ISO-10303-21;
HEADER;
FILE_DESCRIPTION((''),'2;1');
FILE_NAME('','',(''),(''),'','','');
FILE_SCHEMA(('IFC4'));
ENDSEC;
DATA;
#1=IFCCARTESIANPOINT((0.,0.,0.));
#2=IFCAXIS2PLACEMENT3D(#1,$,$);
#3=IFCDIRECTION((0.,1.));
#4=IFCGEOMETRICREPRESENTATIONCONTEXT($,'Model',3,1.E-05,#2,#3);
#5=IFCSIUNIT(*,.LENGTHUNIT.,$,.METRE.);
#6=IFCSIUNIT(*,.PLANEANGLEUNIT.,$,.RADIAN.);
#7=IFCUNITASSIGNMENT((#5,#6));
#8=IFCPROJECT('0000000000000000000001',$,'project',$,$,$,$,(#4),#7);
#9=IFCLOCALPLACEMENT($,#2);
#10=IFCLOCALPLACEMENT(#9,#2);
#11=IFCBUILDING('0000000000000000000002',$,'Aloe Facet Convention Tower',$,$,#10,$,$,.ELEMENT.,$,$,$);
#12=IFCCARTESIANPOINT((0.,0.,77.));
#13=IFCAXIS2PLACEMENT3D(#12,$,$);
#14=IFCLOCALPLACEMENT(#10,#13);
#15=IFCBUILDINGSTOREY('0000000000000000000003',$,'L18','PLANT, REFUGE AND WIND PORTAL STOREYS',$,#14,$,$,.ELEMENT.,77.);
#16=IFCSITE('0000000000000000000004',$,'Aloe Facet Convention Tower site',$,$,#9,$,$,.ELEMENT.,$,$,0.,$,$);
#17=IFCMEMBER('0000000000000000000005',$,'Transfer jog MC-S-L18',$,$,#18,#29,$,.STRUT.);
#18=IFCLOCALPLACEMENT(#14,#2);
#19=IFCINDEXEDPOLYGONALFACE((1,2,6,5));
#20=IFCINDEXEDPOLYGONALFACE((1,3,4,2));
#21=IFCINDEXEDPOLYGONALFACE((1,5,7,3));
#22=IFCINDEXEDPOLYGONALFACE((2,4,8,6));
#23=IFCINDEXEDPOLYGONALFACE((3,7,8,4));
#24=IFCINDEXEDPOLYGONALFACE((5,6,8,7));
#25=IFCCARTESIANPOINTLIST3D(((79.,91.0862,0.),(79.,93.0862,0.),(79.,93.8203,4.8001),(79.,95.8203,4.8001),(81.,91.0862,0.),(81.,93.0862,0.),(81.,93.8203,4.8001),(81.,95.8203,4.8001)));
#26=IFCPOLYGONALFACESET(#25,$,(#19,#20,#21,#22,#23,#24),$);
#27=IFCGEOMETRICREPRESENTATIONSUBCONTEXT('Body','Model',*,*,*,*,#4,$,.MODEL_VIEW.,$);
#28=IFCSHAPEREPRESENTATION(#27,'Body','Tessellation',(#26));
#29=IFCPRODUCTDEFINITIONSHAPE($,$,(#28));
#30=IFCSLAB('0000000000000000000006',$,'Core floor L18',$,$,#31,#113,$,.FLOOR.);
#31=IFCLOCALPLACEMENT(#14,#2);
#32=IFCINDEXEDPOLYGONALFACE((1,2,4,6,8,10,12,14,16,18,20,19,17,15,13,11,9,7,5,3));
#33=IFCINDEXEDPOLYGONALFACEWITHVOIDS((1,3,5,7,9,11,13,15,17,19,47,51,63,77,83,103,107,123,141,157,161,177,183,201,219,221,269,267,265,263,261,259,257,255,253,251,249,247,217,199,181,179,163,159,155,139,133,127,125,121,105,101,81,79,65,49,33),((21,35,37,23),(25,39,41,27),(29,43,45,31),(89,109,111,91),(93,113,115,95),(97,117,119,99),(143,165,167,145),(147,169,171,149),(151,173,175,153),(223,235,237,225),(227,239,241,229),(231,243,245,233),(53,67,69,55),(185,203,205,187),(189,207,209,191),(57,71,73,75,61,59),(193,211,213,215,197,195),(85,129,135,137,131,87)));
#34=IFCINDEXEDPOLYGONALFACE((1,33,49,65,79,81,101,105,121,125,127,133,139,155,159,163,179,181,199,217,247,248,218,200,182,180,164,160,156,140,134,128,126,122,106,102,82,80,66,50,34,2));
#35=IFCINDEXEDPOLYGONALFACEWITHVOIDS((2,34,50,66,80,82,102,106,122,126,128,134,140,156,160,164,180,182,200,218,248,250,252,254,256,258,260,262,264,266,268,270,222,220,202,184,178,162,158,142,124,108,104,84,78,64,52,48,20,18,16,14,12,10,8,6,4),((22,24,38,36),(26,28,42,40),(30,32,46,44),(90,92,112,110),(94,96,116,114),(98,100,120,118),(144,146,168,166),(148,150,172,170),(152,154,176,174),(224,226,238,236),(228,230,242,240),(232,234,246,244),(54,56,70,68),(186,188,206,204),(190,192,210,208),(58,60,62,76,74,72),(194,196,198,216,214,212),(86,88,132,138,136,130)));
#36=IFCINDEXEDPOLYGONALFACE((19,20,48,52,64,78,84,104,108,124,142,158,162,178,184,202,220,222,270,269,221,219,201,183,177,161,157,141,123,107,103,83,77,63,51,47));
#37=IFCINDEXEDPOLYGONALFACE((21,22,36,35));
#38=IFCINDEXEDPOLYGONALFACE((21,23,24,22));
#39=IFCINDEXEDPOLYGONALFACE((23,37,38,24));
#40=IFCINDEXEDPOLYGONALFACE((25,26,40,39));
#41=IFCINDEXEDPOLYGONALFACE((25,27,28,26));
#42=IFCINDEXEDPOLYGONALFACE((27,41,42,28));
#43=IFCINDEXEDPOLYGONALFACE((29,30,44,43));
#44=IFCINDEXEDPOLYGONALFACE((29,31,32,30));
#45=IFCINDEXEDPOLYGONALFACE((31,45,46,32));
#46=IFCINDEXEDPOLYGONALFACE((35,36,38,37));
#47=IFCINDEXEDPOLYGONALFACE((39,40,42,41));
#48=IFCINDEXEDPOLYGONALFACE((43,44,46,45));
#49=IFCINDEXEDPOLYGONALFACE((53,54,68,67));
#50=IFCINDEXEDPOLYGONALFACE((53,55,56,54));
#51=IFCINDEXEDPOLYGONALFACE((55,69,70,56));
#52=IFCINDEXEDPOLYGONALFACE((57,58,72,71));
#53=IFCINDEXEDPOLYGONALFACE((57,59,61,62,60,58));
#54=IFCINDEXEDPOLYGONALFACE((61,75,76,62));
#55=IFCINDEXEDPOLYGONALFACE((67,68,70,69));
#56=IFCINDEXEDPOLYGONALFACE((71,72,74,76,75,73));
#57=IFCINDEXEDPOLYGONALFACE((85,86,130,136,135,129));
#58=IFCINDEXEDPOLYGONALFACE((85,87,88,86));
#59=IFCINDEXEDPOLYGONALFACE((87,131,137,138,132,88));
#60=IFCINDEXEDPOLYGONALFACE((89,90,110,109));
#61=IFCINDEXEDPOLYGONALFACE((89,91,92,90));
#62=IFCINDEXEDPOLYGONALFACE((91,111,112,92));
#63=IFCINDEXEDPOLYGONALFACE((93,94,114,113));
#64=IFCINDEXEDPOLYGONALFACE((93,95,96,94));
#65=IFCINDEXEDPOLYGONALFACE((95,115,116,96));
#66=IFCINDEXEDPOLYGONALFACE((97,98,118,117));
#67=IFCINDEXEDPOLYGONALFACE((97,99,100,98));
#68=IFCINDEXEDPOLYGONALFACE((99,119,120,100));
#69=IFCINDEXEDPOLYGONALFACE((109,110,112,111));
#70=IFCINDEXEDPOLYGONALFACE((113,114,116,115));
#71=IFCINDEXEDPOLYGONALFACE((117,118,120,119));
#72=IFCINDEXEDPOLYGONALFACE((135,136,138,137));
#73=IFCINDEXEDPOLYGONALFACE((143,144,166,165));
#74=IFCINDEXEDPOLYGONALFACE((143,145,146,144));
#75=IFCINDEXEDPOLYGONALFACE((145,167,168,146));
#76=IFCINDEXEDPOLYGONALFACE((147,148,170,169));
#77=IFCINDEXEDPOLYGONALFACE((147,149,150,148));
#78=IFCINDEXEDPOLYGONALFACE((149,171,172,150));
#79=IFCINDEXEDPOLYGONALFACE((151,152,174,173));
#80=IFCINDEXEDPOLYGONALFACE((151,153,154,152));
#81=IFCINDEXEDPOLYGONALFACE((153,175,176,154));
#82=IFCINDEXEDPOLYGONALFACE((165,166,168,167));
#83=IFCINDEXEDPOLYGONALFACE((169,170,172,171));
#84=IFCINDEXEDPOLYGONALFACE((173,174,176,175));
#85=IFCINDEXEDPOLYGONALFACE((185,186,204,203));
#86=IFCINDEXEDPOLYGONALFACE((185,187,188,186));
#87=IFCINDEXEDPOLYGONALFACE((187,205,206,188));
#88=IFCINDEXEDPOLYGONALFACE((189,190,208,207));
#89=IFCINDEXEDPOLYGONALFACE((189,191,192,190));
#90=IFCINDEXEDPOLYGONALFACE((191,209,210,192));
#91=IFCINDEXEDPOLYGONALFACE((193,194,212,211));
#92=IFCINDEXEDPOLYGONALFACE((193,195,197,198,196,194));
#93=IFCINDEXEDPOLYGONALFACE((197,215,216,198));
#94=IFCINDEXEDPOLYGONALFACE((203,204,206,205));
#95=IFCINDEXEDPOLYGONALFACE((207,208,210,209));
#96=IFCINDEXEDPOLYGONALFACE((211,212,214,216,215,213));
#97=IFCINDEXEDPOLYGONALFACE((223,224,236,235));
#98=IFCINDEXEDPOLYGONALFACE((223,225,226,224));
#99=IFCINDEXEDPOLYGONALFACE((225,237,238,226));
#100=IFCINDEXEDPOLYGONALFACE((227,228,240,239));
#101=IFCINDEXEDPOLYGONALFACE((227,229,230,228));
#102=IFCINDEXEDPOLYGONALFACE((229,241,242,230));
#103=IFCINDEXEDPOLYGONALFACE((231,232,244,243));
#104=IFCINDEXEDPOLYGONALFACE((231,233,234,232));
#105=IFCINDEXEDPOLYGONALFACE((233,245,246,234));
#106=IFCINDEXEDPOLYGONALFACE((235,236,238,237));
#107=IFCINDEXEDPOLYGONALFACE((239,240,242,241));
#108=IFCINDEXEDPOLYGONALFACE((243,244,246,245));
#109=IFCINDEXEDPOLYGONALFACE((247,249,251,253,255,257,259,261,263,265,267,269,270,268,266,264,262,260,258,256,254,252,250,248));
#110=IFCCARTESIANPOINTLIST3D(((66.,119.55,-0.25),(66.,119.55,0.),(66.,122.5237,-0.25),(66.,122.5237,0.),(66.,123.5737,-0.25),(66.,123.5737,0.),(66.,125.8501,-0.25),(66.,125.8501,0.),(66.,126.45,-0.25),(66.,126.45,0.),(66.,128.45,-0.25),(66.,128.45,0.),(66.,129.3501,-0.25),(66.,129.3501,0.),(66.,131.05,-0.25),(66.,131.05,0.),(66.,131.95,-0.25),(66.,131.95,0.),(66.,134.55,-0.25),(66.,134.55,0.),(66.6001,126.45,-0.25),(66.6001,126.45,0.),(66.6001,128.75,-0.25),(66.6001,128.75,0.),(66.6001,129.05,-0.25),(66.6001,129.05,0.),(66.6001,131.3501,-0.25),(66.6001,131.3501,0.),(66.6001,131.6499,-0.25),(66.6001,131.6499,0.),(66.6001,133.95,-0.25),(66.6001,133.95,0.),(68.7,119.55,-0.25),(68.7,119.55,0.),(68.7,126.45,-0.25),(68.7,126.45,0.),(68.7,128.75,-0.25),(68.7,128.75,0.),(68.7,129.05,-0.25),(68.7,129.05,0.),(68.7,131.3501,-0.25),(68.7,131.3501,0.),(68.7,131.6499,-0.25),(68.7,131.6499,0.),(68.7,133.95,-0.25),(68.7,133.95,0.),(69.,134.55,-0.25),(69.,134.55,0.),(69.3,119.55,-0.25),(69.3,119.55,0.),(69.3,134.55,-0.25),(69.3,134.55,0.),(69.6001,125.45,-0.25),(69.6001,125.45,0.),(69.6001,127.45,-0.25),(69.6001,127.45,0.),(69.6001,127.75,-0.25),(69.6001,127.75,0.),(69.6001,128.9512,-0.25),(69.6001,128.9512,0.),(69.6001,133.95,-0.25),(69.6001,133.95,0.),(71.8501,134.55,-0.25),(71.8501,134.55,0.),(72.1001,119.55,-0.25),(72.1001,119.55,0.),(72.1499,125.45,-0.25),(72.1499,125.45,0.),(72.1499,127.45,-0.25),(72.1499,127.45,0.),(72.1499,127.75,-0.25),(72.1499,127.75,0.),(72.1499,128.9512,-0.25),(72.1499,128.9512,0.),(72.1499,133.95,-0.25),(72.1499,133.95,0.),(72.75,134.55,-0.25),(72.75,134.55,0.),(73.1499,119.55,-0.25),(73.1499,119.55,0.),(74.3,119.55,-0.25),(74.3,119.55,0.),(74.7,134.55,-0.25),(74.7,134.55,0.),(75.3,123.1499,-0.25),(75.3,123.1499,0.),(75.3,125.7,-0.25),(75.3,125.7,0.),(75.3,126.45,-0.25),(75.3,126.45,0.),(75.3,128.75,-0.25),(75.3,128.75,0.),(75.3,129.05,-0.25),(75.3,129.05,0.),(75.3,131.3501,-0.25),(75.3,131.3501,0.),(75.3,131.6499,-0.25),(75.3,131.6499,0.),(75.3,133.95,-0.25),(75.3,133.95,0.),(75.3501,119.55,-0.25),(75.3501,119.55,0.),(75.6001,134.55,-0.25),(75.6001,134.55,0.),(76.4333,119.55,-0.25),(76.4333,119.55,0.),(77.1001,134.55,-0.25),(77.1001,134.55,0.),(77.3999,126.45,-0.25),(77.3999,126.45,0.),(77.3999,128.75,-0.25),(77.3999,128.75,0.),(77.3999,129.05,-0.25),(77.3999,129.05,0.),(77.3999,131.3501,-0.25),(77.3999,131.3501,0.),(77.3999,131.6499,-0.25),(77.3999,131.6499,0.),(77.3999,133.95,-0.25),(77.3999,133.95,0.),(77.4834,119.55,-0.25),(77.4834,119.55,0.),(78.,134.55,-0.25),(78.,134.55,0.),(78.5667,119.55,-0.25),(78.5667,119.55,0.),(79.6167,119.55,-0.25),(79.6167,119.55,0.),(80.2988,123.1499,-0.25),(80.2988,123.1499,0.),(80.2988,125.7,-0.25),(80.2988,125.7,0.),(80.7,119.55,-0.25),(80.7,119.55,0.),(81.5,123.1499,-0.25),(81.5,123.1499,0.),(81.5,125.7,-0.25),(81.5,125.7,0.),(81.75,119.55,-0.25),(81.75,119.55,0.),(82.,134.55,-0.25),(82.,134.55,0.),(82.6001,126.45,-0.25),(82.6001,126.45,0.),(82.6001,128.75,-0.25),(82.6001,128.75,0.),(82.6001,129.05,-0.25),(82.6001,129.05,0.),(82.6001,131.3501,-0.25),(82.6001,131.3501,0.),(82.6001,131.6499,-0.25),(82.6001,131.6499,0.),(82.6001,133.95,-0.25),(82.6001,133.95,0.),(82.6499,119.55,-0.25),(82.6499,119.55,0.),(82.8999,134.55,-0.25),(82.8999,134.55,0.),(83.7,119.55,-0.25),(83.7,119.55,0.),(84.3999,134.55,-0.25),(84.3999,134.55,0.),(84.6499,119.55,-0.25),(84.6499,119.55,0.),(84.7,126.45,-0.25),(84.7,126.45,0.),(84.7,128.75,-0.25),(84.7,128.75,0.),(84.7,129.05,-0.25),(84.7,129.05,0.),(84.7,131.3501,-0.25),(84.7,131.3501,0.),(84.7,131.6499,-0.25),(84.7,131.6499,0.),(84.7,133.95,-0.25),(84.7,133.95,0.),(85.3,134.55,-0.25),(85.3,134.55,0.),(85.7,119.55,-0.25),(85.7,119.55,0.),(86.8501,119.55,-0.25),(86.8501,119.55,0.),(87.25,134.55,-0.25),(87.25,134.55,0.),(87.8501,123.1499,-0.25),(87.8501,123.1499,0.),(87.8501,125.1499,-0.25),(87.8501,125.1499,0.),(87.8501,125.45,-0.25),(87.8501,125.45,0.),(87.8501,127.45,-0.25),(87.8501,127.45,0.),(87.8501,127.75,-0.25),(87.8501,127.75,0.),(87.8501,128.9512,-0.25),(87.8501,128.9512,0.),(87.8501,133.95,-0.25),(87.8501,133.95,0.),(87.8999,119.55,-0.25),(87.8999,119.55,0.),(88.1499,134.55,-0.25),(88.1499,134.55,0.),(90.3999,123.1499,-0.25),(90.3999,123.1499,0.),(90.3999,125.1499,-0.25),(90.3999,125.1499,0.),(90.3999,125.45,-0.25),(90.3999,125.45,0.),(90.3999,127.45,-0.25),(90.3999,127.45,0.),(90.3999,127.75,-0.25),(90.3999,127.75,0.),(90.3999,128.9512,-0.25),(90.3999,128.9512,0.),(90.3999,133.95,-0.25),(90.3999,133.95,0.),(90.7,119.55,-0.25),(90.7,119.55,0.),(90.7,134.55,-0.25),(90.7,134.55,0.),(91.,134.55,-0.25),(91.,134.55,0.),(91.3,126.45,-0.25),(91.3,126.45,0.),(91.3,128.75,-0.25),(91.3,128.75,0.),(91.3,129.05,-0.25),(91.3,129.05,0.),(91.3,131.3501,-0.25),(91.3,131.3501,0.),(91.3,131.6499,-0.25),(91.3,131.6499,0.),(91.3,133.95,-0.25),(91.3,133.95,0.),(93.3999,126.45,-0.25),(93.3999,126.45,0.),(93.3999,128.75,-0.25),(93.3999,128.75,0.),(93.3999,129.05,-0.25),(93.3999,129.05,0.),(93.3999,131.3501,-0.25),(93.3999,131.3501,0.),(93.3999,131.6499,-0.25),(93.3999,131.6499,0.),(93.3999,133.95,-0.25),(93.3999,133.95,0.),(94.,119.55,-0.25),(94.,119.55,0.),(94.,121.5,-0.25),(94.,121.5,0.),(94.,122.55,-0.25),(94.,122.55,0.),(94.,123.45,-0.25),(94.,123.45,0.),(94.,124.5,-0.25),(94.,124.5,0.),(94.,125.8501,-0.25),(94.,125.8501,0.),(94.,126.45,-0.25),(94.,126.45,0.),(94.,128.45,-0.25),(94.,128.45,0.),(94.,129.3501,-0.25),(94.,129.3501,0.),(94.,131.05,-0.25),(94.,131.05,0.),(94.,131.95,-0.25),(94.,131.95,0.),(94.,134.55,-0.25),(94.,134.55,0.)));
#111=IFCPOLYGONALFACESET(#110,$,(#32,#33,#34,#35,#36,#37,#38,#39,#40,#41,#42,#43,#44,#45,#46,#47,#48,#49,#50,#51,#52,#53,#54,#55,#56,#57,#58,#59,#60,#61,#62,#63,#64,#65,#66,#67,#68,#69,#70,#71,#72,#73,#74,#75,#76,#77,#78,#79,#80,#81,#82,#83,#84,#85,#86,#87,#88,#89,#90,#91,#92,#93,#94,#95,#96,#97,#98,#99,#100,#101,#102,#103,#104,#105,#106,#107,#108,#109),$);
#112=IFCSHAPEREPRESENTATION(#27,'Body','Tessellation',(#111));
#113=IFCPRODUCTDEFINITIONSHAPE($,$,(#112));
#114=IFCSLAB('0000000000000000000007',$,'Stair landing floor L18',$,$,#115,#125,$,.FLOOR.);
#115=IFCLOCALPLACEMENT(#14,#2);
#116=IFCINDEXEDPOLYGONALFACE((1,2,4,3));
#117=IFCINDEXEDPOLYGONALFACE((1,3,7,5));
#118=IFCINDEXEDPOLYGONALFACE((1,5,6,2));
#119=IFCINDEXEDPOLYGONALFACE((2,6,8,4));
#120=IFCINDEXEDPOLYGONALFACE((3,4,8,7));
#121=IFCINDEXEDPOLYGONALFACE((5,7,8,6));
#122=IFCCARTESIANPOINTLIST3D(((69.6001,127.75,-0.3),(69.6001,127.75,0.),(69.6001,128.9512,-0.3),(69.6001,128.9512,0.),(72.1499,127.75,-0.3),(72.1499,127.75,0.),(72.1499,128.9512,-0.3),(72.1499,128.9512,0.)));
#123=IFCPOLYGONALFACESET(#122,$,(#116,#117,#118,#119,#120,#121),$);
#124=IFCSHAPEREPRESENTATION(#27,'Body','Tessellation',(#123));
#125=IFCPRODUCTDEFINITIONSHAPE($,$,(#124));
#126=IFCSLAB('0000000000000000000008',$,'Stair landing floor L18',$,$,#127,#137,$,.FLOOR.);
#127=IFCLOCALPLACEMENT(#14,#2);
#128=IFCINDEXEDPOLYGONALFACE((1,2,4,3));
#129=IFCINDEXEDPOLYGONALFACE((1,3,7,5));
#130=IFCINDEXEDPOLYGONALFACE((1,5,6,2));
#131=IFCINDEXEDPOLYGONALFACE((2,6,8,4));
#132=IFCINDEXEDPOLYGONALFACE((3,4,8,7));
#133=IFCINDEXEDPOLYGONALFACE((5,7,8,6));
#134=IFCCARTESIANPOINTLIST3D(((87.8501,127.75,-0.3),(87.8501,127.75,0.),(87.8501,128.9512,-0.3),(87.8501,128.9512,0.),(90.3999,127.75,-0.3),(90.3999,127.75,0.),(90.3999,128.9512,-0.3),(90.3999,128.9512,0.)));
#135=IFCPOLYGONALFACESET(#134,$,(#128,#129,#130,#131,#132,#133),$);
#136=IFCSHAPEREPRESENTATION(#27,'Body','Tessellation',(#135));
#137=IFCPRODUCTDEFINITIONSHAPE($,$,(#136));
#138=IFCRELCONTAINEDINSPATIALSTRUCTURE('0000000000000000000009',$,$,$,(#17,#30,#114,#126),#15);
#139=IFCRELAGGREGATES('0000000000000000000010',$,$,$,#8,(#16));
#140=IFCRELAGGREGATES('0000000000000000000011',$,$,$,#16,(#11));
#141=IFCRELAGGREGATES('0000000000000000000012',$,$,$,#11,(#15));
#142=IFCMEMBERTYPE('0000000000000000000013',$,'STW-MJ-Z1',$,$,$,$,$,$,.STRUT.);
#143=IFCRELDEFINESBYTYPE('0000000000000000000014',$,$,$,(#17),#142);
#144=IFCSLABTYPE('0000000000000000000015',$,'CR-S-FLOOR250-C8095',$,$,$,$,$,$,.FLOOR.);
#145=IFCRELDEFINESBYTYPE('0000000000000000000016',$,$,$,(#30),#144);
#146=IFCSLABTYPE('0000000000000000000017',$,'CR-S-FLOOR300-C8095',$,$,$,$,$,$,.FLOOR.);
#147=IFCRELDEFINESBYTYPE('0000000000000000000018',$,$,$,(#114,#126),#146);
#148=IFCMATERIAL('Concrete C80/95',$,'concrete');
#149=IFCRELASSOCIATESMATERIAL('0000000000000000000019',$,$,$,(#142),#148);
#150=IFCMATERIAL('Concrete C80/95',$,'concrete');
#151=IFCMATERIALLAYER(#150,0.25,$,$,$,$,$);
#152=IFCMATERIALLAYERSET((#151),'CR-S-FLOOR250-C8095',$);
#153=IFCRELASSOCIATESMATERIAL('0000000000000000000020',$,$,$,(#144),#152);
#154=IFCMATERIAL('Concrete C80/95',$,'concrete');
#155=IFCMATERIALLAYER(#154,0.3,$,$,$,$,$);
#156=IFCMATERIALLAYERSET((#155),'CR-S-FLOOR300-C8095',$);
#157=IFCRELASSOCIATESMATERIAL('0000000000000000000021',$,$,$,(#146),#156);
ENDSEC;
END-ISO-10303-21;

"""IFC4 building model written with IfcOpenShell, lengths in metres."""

from ifc_helpers import new_model, si_unit, direction, frame, origin, origin_2d, place, context, subcontext, project, spatial, polyline, rectangle, outline, extrude, material, layer, layer_set, material_profile, profile_set, type_object, element, save


model = new_model("IFC4")

# Units and contexts
model_context = context("Model", 3, precision=1e-05, world=origin(), true_north=direction((0.0, 1.0)))
body_context = subcontext(model_context, "Body", "Model", "MODEL_VIEW")
ifc_project = project(units=[si_unit("LENGTHUNIT", "METRE"), si_unit("PLANEANGLEUNIT", "RADIAN")], contexts=[model_context])

# Site, building, storey
site_placement = place(None, origin())
site = spatial("IfcSite", under=ifc_project, at=site_placement, Name="Aloe Facet Convention Tower site", CompositionType="ELEMENT", RefElevation=0.0)
building_placement = place(site_placement, origin())
building = spatial("IfcBuilding", under=site, at=building_placement, Name="Aloe Facet Convention Tower", CompositionType="ELEMENT")
storey_placement = place(building_placement, frame((0.0, 0.0, 77.0)))
storey = spatial("IfcBuildingStorey", under=building, at=storey_placement, Name="L18", Description="PLANT, REFUGE AND WIND PORTAL STOREYS", CompositionType="ELEMENT", Elevation=77.0)

# Member
ifc_material_1 = material(Name="Concrete C80/95", Category="concrete")
ifc_material_profile_1 = material_profile(ifc_material_1, rectangle(XDim=2.0, YDim=2.0, at=origin_2d()), Name="STW-MJ-Z1")
ifc_profile_set_1 = profile_set([ifc_material_profile_1], Name="Concrete C80/95")
member_type_1 = type_object("IfcMemberType", Name="STW-MJ-Z1", PredefinedType="STRUT", material=ifc_profile_set_1)
member_placement = place(storey_placement, frame((80.0, 92.0862, 0.0), z_axis=(0.0, 0.0, 1.0), x_axis=(1.0, 0.0, 0.0)))
element("IfcMember", 1, at=member_placement, inside=storey, type_object=member_type_1, Name="Transfer jog MC-S-L18", PredefinedType="STRUT", context=body_context, shape_type="SweptSolid", body=[
    extrude(rectangle(XDim=2.0, YDim=2.0, at=origin_2d()), origin(), (0.0, 0.494944, 0.868925), 5.5242),
])

# Slabs
ifc_material_2 = material(Name="Concrete C80/95", Category="concrete")
ifc_layer_1 = layer(ifc_material_2, 0.25)
ifc_layer_set_1 = layer_set([ifc_layer_1], Name="CR-S-FLOOR250-C8095")
slab_type_1 = type_object("IfcSlabType", Name="CR-S-FLOOR250-C8095", PredefinedType="FLOOR", material=ifc_layer_set_1)
slab_1_placement = place(storey_placement, frame((0.0, 0.0, -0.25)))
element("IfcSlab", 2, at=slab_1_placement, inside=storey, type_object=slab_type_1, Name="Core floor L18", PredefinedType="FLOOR", context=body_context, shape_type="SweptSolid", body=[
    extrude(outline(polyline([(69.3, 134.55), (71.8501, 134.55), (72.75, 134.55), (74.7, 134.55), (75.6001, 134.55), (77.1001, 134.55), (78.0, 134.55), (82.0, 134.55), (82.8999, 134.55), (84.3999, 134.55), (85.3, 134.55), (87.25, 134.55), (88.1499, 134.55), (90.7, 134.55), (91.0, 134.55), (94.0, 134.55), (94.0, 131.95), (94.0, 131.05), (94.0, 129.3501), (94.0, 128.45), (94.0, 126.45), (94.0, 125.8501), (94.0, 124.5), (94.0, 123.45), (94.0, 122.55), (94.0, 121.5), (94.0, 119.55), (90.7, 119.55), (87.8999, 119.55), (86.8501, 119.55), (85.7, 119.55), (84.6499, 119.55), (83.7, 119.55), (82.6499, 119.55), (81.75, 119.55), (80.7, 119.55), (79.6167, 119.55), (78.5667, 119.55), (77.4834, 119.55), (76.4333, 119.55), (75.3501, 119.55), (74.3, 119.55), (73.1499, 119.55), (72.1001, 119.55), (69.3, 119.55), (68.7, 119.55), (66.0, 119.55), (66.0, 122.5237), (66.0, 123.5737), (66.0, 125.8501), (66.0, 126.45), (66.0, 128.45), (66.0, 129.3501), (66.0, 131.05), (66.0, 131.95), (66.0, 134.55), (69.0, 134.55), (69.3, 134.55)]), holes=[polyline([(75.3, 123.1499), (80.2988, 123.1499), (81.5, 123.1499), (81.5, 125.7), (80.2988, 125.7), (75.3, 125.7), (75.3, 123.1499)]), polyline([(69.6001, 125.45), (72.1499, 125.45), (72.1499, 127.45), (69.6001, 127.45), (69.6001, 125.45)]), polyline([(66.6001, 126.45), (68.7, 126.45), (68.7, 128.75), (66.6001, 128.75), (66.6001, 126.45)]), polyline([(75.3, 126.45), (77.3999, 126.45), (77.3999, 128.75), (75.3, 128.75), (75.3, 126.45)]), polyline([(66.6001, 129.05), (68.7, 129.05), (68.7, 131.3501), (66.6001, 131.3501), (66.6001, 129.05)]), polyline([(75.3, 129.05), (77.3999, 129.05), (77.3999, 131.3501), (75.3, 131.3501), (75.3, 129.05)]), polyline([(69.6001, 133.95), (69.6001, 128.9512), (69.6001, 127.75), (72.1499, 127.75), (72.1499, 128.9512), (72.1499, 133.95), (69.6001, 133.95)]), polyline([(66.6001, 133.95), (66.6001, 131.6499), (68.7, 131.6499), (68.7, 133.95), (66.6001, 133.95)]), polyline([(75.3, 133.95), (75.3, 131.6499), (77.3999, 131.6499), (77.3999, 133.95), (75.3, 133.95)]), polyline([(87.8501, 123.1499), (90.3999, 123.1499), (90.3999, 125.1499), (87.8501, 125.1499), (87.8501, 123.1499)]), polyline([(87.8501, 125.45), (90.3999, 125.45), (90.3999, 127.45), (87.8501, 127.45), (87.8501, 125.45)]), polyline([(82.6001, 126.45), (84.7, 126.45), (84.7, 128.75), (82.6001, 128.75), (82.6001, 126.45)]), polyline([(91.3, 126.45), (93.3999, 126.45), (93.3999, 128.75), (91.3, 128.75), (91.3, 126.45)]), polyline([(82.6001, 129.05), (84.7, 129.05), (84.7, 131.3501), (82.6001, 131.3501), (82.6001, 129.05)]), polyline([(91.3, 129.05), (93.3999, 129.05), (93.3999, 131.3501), (91.3, 131.3501), (91.3, 129.05)]), polyline([(87.8501, 133.95), (87.8501, 128.9512), (87.8501, 127.75), (90.3999, 127.75), (90.3999, 128.9512), (90.3999, 133.95), (87.8501, 133.95)]), polyline([(82.6001, 133.95), (82.6001, 131.6499), (84.7, 131.6499), (84.7, 133.95), (82.6001, 133.95)]), polyline([(91.3, 133.95), (91.3, 131.6499), (93.3999, 131.6499), (93.3999, 133.95), (91.3, 133.95)])]), origin(), (0.0, 0.0, 1.0), 0.25),
])
ifc_material_3 = material(Name="Concrete C80/95", Category="concrete")
ifc_layer_2 = layer(ifc_material_3, 0.3)
ifc_layer_set_2 = layer_set([ifc_layer_2], Name="CR-S-FLOOR300-C8095")
slab_type_2 = type_object("IfcSlabType", Name="CR-S-FLOOR300-C8095", PredefinedType="FLOOR", material=ifc_layer_set_2)
slab_2_placement = place(storey_placement, frame((0.0, 0.0, -0.3)))
element("IfcSlab", 3, at=slab_2_placement, inside=storey, type_object=slab_type_2, Name="Stair landing floor L18", PredefinedType="FLOOR", context=body_context, shape_type="SweptSolid", body=[
    extrude(outline(polyline([(72.1499, 127.75), (72.1499, 128.9512), (69.6001, 128.9512), (69.6001, 127.75), (72.1499, 127.75)])), origin(), (0.0, 0.0, 1.0), 0.3),
])
slab_3_placement = place(storey_placement, frame((0.0, 0.0, -0.3)))
element("IfcSlab", 4, at=slab_3_placement, inside=storey, type_object=slab_type_2, Name="Stair landing floor L18", PredefinedType="FLOOR", context=body_context, shape_type="SweptSolid", body=[
    extrude(outline(polyline([(90.3999, 127.75), (90.3999, 128.9512), (87.8501, 128.9512), (87.8501, 127.75), (90.3999, 127.75)])), origin(), (0.0, 0.0, 1.0), 0.3),
])

save(model, "model.ifc")
